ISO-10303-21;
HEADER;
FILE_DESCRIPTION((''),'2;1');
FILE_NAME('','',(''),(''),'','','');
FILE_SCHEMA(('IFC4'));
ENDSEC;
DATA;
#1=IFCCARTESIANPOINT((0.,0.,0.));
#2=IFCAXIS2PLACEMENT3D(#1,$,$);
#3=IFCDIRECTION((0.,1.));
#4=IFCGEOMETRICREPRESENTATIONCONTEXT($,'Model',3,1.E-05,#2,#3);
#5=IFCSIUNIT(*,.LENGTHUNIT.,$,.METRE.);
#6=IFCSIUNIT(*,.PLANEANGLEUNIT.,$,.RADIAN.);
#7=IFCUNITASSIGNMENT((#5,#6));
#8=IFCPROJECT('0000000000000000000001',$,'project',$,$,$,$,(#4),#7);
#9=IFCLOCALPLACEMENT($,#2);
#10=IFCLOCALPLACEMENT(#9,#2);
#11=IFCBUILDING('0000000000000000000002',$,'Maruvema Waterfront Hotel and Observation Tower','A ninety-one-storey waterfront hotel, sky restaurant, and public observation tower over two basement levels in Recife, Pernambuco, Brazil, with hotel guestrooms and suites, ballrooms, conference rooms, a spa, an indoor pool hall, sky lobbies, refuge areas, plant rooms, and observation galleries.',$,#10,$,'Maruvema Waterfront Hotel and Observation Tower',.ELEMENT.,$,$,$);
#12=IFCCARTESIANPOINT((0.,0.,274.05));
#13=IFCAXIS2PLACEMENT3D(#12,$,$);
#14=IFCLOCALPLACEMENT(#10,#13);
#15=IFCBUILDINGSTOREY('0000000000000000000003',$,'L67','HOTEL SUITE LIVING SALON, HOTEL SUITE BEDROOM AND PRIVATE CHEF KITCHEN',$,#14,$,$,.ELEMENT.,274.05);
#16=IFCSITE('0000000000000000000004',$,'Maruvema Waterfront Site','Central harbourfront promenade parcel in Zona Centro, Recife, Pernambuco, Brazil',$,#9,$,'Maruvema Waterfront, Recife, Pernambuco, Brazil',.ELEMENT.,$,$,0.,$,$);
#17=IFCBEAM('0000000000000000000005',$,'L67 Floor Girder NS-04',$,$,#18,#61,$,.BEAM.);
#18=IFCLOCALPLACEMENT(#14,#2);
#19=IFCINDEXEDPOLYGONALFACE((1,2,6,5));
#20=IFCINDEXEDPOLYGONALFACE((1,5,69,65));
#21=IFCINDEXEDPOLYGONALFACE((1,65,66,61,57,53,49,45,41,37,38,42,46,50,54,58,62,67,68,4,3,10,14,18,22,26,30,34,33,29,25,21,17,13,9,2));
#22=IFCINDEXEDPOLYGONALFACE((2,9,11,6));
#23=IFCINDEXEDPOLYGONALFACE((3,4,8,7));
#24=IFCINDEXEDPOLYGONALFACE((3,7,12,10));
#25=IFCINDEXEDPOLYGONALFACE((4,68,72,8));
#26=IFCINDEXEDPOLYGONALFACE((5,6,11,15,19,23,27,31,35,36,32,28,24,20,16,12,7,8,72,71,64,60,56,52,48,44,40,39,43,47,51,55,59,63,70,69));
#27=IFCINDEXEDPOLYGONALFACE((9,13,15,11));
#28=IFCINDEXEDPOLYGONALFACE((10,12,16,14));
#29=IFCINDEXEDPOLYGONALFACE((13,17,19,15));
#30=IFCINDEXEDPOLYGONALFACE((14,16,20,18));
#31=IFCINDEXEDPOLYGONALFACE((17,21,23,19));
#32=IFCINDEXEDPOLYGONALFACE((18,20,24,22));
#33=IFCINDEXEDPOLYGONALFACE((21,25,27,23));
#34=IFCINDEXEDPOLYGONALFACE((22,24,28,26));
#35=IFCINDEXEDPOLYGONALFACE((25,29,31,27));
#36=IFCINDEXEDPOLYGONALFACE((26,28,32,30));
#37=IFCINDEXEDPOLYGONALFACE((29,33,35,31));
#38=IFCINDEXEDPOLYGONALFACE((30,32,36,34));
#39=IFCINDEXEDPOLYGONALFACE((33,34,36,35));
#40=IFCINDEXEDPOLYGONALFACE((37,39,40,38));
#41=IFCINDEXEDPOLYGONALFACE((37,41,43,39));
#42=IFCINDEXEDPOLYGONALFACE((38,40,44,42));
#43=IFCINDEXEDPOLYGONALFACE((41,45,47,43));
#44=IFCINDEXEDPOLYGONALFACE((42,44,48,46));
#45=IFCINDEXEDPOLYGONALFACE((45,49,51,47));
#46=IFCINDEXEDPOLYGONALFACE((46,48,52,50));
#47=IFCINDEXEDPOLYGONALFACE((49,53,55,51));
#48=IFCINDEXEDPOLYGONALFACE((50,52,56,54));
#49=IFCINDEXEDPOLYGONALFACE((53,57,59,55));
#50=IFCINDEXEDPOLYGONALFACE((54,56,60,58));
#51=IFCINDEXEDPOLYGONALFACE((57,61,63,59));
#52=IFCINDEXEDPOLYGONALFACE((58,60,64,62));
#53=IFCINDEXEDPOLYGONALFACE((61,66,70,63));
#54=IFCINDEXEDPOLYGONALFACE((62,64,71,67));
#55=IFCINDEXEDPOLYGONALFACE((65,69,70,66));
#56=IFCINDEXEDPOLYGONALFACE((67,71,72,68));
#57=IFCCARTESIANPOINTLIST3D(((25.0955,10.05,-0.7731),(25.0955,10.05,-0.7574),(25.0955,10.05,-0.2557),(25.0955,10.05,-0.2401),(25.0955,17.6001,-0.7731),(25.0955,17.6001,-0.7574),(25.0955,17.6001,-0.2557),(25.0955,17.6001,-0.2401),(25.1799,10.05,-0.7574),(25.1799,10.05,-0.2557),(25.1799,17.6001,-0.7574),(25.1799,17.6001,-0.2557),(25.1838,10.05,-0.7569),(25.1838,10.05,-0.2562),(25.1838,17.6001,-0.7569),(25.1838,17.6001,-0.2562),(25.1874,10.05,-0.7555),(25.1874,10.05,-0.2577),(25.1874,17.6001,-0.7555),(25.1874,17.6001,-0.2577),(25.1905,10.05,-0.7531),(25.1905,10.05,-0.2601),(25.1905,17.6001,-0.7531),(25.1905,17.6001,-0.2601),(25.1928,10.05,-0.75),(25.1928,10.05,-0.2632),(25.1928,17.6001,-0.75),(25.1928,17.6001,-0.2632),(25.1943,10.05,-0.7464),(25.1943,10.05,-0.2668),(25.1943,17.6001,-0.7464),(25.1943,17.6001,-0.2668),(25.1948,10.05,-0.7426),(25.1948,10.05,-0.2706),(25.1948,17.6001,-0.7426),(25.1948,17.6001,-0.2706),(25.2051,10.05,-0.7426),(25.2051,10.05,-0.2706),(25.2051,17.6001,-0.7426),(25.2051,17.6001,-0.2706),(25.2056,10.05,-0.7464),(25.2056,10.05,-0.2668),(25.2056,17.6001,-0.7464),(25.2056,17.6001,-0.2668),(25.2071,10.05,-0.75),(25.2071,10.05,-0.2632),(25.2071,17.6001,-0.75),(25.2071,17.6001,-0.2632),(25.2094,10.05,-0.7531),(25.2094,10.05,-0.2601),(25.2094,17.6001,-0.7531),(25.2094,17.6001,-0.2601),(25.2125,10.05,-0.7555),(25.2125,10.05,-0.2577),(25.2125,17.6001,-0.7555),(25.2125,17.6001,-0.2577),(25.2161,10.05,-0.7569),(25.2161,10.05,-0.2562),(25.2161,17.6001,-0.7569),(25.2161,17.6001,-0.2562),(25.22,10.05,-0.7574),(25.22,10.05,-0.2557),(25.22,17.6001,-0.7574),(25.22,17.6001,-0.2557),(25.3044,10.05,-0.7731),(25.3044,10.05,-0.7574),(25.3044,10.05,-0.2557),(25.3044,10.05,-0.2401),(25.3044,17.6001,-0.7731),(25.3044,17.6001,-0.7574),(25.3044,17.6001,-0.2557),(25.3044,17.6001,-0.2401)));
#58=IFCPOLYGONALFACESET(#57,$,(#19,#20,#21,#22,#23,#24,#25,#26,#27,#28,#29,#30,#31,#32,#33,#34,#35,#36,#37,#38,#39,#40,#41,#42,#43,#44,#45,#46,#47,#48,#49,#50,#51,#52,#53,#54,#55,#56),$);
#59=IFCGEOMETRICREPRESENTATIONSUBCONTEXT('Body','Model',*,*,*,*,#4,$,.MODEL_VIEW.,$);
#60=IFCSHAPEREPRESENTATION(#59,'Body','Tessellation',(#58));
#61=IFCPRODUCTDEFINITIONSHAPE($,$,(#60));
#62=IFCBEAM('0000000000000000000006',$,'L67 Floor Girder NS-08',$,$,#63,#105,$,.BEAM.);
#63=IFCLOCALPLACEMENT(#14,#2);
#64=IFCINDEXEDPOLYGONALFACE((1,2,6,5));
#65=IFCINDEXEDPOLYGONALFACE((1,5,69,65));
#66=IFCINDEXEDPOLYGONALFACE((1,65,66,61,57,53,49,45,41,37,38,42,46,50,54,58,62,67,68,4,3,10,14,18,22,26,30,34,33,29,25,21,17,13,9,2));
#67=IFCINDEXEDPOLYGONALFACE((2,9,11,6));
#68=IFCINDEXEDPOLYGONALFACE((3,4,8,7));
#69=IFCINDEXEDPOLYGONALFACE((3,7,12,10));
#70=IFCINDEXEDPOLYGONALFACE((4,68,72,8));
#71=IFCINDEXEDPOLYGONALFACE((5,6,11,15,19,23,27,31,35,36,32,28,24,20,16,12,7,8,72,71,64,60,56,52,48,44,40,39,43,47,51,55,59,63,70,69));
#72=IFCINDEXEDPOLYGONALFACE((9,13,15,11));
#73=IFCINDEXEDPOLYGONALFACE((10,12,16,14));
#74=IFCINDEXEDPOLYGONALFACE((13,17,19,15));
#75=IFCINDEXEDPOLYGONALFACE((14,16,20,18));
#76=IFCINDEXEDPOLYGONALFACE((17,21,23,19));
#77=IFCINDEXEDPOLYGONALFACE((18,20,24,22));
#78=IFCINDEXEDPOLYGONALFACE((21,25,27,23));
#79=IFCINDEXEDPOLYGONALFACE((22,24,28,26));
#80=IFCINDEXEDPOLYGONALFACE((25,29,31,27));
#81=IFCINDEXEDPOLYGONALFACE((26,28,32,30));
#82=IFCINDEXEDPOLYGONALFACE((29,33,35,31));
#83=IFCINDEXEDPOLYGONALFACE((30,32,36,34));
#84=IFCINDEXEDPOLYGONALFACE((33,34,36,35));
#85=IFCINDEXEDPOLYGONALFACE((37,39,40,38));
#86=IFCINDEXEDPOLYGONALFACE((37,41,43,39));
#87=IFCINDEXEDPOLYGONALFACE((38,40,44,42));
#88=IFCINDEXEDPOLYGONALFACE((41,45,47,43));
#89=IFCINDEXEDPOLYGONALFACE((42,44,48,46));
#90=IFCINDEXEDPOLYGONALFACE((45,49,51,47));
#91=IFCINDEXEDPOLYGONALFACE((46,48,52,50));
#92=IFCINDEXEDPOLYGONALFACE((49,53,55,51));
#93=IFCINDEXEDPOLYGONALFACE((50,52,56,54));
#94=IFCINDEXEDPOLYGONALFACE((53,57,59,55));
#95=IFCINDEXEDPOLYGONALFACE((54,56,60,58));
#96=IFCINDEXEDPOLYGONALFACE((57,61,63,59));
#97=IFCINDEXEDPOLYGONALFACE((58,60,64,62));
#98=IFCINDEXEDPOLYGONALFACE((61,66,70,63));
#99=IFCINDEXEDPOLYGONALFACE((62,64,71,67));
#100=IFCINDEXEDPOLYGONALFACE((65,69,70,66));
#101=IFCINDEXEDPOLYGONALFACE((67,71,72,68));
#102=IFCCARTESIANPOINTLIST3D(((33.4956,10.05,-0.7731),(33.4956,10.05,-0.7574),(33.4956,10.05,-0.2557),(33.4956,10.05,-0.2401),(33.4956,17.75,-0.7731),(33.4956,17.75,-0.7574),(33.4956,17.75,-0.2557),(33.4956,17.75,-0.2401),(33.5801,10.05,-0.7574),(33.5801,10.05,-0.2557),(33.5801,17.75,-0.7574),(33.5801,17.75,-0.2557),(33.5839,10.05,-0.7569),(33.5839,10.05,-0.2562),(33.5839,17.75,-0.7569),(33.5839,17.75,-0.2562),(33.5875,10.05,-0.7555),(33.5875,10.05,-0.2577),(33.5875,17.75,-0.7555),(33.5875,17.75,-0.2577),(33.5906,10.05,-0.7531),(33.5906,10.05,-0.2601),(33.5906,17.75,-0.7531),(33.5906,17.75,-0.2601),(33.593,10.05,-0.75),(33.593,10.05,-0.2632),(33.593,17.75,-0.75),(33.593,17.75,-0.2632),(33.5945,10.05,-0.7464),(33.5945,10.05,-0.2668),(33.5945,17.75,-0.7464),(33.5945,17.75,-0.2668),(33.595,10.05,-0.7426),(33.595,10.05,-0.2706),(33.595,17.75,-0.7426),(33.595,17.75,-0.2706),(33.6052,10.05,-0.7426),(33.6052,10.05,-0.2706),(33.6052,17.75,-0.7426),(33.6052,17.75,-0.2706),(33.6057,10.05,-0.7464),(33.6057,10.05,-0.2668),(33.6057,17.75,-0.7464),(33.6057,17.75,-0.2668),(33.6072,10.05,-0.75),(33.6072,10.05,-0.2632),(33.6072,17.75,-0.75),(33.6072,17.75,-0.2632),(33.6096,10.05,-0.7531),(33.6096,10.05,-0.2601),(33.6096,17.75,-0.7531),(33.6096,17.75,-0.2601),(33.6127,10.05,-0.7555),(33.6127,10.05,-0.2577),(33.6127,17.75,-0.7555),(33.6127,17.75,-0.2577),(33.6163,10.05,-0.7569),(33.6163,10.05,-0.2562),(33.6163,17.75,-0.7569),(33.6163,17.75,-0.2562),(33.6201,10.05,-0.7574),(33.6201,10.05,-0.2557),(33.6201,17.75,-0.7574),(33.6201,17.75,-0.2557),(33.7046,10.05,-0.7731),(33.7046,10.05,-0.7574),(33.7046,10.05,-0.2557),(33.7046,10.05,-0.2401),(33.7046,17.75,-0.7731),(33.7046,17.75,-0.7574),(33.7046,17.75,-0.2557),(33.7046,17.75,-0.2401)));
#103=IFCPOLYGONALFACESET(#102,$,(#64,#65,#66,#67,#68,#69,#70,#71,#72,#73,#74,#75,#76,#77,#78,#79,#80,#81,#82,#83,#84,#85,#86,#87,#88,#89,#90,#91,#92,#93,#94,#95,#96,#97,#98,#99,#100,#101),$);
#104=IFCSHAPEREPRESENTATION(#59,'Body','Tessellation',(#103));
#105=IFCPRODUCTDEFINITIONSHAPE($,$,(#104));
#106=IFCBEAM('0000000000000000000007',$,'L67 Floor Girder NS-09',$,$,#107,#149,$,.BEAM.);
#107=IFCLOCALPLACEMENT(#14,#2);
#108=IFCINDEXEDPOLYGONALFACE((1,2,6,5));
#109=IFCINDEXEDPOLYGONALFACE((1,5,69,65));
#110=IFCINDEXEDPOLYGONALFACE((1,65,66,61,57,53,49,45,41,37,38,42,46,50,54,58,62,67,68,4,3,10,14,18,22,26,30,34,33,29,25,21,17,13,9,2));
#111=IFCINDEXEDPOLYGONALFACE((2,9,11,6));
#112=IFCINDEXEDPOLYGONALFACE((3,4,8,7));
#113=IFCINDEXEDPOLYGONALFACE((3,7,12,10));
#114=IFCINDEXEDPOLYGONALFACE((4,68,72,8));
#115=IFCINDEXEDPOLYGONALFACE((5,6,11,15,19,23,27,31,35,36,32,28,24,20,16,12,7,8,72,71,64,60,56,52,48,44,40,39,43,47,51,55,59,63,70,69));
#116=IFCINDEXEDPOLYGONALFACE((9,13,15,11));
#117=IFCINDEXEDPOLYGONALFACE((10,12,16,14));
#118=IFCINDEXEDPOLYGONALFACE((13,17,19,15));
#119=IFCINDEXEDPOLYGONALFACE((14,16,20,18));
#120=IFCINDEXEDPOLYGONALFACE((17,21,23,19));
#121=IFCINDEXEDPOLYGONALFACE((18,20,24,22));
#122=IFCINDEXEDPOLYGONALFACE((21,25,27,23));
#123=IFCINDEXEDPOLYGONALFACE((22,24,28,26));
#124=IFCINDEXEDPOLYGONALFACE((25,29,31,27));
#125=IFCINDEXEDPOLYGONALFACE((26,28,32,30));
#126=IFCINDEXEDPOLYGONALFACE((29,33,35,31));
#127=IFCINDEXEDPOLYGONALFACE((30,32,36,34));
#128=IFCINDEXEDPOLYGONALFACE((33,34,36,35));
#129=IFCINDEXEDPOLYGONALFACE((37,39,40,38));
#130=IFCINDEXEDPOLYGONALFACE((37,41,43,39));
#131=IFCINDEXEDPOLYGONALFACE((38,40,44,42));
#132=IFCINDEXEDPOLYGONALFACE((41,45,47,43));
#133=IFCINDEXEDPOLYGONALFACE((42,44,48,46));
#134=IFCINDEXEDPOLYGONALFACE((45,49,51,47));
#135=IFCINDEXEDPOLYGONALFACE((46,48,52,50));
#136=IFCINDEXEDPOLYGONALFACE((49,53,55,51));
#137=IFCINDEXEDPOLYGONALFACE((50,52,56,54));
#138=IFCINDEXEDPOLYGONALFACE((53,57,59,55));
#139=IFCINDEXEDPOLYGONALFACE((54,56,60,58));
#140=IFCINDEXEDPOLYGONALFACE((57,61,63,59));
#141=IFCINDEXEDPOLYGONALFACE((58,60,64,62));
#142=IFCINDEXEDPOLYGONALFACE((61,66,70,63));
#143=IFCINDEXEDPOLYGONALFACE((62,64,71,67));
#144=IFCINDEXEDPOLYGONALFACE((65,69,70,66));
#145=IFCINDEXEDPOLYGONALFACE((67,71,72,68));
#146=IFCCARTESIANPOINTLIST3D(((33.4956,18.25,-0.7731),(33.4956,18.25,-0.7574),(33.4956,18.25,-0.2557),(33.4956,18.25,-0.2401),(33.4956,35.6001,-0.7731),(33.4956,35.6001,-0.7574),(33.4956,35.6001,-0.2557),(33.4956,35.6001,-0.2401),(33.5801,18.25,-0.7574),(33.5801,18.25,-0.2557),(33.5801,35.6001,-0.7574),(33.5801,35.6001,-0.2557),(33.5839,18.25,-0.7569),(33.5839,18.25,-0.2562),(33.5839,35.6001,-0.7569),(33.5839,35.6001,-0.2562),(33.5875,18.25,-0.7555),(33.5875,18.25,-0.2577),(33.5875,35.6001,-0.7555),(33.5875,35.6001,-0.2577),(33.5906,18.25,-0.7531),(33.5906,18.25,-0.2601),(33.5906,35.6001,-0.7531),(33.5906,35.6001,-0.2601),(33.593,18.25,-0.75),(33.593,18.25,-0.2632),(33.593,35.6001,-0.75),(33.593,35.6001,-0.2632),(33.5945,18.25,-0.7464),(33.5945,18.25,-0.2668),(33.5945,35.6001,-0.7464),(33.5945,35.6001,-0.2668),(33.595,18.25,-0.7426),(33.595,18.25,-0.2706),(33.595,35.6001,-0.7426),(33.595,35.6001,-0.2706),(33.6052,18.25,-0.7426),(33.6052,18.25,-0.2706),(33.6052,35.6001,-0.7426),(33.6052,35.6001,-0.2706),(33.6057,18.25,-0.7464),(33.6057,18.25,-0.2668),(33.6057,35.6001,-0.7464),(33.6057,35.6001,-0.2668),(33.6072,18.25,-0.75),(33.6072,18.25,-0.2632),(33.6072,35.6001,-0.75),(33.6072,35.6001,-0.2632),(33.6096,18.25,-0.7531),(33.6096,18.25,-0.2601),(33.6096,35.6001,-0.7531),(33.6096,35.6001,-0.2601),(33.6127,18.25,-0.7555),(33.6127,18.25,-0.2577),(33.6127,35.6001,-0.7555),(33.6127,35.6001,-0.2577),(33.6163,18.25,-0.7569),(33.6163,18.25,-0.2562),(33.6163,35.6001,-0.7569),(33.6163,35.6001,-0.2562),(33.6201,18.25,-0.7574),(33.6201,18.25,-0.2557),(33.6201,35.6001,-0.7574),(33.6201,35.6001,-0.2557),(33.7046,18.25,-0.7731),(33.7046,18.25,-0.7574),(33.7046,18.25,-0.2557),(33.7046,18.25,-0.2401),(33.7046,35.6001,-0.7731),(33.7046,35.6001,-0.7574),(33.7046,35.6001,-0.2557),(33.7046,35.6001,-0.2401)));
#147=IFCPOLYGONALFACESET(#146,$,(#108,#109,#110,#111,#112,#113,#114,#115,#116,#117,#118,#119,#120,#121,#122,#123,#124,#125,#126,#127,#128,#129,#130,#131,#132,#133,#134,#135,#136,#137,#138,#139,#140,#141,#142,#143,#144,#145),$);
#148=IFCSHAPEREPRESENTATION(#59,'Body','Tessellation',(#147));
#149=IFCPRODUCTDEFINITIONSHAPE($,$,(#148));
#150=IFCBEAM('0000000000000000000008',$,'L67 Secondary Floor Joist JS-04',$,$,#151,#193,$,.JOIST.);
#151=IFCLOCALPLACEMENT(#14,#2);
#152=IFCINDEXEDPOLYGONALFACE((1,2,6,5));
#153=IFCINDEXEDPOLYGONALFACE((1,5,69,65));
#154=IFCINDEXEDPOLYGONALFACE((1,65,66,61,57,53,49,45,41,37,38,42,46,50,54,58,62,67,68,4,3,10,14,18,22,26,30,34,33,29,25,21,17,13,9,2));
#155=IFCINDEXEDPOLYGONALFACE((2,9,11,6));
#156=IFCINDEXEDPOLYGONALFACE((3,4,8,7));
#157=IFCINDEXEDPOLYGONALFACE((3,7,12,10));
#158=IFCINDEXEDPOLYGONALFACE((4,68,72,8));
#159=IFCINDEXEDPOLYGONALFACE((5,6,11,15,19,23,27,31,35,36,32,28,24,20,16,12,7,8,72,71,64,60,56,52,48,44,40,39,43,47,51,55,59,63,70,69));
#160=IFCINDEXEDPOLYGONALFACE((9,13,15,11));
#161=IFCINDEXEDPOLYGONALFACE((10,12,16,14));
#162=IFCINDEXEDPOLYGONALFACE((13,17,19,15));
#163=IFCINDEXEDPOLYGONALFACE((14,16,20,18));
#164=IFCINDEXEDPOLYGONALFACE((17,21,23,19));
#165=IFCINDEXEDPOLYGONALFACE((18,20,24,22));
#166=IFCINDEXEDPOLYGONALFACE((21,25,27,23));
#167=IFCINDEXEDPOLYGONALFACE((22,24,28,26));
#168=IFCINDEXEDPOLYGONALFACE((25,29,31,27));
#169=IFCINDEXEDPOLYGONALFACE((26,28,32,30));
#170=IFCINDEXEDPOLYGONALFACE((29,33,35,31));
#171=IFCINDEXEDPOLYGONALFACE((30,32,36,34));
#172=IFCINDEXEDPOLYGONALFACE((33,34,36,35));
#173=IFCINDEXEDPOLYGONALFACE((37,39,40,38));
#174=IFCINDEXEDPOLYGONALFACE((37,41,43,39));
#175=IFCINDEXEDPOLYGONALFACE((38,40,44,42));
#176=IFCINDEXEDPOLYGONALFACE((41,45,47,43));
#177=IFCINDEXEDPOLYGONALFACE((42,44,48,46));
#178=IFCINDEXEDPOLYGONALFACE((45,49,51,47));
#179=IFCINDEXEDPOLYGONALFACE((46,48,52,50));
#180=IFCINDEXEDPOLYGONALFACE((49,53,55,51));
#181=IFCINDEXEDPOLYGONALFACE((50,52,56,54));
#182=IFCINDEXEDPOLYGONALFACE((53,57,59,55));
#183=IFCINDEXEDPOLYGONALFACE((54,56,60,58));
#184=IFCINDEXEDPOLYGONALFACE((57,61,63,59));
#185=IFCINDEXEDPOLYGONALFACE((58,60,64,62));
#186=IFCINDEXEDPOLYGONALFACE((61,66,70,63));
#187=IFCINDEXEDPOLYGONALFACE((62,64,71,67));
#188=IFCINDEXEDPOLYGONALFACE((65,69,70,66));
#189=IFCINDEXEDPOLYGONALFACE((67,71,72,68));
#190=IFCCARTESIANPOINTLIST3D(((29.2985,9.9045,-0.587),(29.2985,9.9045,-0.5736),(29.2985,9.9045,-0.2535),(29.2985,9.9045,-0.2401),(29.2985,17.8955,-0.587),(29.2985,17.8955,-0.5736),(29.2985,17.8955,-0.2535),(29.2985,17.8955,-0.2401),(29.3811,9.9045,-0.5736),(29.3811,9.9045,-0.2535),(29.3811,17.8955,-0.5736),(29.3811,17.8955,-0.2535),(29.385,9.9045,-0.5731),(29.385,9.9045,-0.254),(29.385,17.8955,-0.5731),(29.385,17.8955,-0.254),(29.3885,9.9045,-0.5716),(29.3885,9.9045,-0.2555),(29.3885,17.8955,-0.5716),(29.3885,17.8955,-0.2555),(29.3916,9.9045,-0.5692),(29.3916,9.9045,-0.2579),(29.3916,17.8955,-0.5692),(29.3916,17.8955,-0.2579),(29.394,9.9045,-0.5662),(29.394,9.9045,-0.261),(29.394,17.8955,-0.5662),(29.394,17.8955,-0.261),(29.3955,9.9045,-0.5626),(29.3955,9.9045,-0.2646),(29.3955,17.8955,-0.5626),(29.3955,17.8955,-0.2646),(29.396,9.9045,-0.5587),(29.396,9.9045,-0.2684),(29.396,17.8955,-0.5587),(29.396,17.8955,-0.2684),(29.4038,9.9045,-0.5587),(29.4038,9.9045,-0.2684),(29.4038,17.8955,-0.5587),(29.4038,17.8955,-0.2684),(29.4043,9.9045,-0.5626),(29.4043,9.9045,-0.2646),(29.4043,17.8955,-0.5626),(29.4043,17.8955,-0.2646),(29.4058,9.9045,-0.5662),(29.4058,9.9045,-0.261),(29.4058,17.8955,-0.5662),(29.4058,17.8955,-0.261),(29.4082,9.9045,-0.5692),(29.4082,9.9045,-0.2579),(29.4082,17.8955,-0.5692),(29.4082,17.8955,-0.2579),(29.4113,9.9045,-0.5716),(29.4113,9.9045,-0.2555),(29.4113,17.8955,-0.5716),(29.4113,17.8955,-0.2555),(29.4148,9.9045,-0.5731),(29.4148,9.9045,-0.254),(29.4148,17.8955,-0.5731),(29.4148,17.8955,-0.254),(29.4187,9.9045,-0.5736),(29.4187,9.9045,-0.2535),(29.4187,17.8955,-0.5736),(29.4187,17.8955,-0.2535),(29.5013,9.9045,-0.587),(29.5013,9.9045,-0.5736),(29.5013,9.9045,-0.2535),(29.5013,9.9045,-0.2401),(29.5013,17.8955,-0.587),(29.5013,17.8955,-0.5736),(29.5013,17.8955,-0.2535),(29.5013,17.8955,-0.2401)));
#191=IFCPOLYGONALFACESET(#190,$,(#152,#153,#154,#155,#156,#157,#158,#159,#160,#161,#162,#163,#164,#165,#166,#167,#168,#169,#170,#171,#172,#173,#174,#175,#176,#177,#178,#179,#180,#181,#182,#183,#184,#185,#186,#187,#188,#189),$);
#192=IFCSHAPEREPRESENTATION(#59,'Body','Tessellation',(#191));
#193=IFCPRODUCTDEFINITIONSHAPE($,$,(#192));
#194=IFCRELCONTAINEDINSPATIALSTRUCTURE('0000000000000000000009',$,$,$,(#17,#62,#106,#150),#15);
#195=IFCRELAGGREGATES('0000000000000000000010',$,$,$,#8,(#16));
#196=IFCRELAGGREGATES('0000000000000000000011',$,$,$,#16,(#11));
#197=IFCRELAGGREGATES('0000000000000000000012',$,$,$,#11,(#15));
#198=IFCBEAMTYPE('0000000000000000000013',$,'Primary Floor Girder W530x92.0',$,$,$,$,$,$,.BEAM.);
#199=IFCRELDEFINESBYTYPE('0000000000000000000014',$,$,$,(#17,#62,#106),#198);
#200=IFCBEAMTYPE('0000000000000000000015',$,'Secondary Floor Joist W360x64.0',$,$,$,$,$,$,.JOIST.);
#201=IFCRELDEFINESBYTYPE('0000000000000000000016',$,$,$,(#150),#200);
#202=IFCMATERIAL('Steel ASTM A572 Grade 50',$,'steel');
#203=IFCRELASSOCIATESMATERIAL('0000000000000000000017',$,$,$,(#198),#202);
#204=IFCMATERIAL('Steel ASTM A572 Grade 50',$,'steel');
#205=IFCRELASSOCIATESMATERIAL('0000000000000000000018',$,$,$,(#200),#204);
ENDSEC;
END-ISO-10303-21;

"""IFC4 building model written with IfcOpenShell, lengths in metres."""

from ifc_helpers import new_model, si_unit, direction, frame, origin, origin_2d, place, context, subcontext, project, spatial, i_section, extrude, material, material_profile, profile_set, type_object, element, save


model = new_model("IFC4")

# Units and contexts
model_context = context("Model", 3, precision=1e-05, world=origin(), true_north=direction((0.0, 1.0)))
body_context = subcontext(model_context, "Body", "Model", "MODEL_VIEW")
ifc_project = project(units=[si_unit("LENGTHUNIT", "METRE"), si_unit("PLANEANGLEUNIT", "RADIAN")], contexts=[model_context])

# Site, building, storey
site_placement = place(None, origin())
site = spatial("IfcSite", under=ifc_project, at=site_placement, Name="Maruvema Waterfront Site", Description="Central harbourfront promenade parcel in Zona Centro, Recife, Pernambuco, Brazil", LongName="Maruvema Waterfront, Recife, Pernambuco, Brazil", CompositionType="ELEMENT", RefElevation=0.0)
building_placement = place(site_placement, origin())
building = spatial("IfcBuilding", under=site, at=building_placement, Name="Maruvema Waterfront Hotel and Observation Tower", Description="A ninety-one-storey waterfront hotel, sky restaurant, and public observation tower over two basement levels in Recife, Pernambuco, Brazil, with hotel guestrooms and suites, ballrooms, conference rooms, a spa, an indoor pool hall, sky lobbies, refuge areas, plant rooms, and observation galleries.", LongName="Maruvema Waterfront Hotel and Observation Tower", CompositionType="ELEMENT")
storey_placement = place(building_placement, frame((0.0, 0.0, 274.05)))
storey = spatial("IfcBuildingStorey", under=building, at=storey_placement, Name="L67", Description="HOTEL SUITE LIVING SALON, HOTEL SUITE BEDROOM AND PRIVATE CHEF KITCHEN", CompositionType="ELEMENT", Elevation=274.05)

# Beams
ifc_material_1 = material(Name="Steel ASTM A572 Grade 50", Category="steel")
ifc_material_profile_1 = material_profile(ifc_material_1, i_section(OverallWidth=0.209, OverallDepth=0.533, WebThickness=0.0103, FlangeThickness=0.0156, FilletRadius=0.0149, at=origin_2d()), Name="W530x92.0")
ifc_profile_set_1 = profile_set([ifc_material_profile_1], Name="Steel ASTM A572 Grade 50")
beam_type_1 = type_object("IfcBeamType", Name="Primary Floor Girder W530x92.0", PredefinedType="BEAM", material=ifc_profile_set_1)
beam_1_placement = place(storey_placement, frame((25.2, 10.05, -0.5066), z_axis=(0.0, 1.0, 0.0), x_axis=(-1.0, 0.0, 0.0)))
element("IfcBeam", 1, at=beam_1_placement, inside=storey, type_object=beam_type_1, Name="L67 Floor Girder NS-04", PredefinedType="BEAM", context=body_context, shape_type="SweptSolid", body=[
    extrude(i_section(OverallWidth=0.209, OverallDepth=0.533, WebThickness=0.0103, FlangeThickness=0.0156, FilletRadius=0.0149, at=origin_2d()), origin(), (0.0, 0.0, 1.0), 7.55),
])
beam_2_placement = place(storey_placement, frame((33.6001, 10.05, -0.5066), z_axis=(0.0, 1.0, 0.0), x_axis=(-1.0, 0.0, 0.0)))
element("IfcBeam", 2, at=beam_2_placement, inside=storey, type_object=beam_type_1, Name="L67 Floor Girder NS-08", PredefinedType="BEAM", context=body_context, shape_type="SweptSolid", body=[
    extrude(i_section(OverallWidth=0.209, OverallDepth=0.533, WebThickness=0.0103, FlangeThickness=0.0156, FilletRadius=0.0149, at=origin_2d()), origin(), (0.0, 0.0, 1.0), 7.7),
])
beam_3_placement = place(storey_placement, frame((33.6001, 18.25, -0.5066), z_axis=(0.0, 1.0, 0.0), x_axis=(-1.0, 0.0, 0.0)))
element("IfcBeam", 3, at=beam_3_placement, inside=storey, type_object=beam_type_1, Name="L67 Floor Girder NS-09", PredefinedType="BEAM", context=body_context, shape_type="SweptSolid", body=[
    extrude(i_section(OverallWidth=0.209, OverallDepth=0.533, WebThickness=0.0103, FlangeThickness=0.0156, FilletRadius=0.0149, at=origin_2d()), origin(), (0.0, 0.0, 1.0), 17.3501),
])
ifc_material_2 = material(Name="Steel ASTM A572 Grade 50", Category="steel")
ifc_material_profile_2 = material_profile(ifc_material_2, i_section(OverallWidth=0.2029, OverallDepth=0.3469, WebThickness=0.0078, FlangeThickness=0.0134, FilletRadius=0.0149, at=origin_2d()), Name="W360x64.0")
ifc_profile_set_2 = profile_set([ifc_material_profile_2], Name="Steel ASTM A572 Grade 50")
beam_type_2 = type_object("IfcBeamType", Name="Secondary Floor Joist W360x64.0", PredefinedType="JOIST", material=ifc_profile_set_2)
beam_4_placement = place(storey_placement, frame((29.3999, 9.9045, -0.4136), z_axis=(0.0, 1.0, 0.0), x_axis=(-1.0, 0.0, 0.0)))
element("IfcBeam", 4, at=beam_4_placement, inside=storey, type_object=beam_type_2, Name="L67 Secondary Floor Joist JS-04", PredefinedType="JOIST", context=body_context, shape_type="SweptSolid", body=[
    extrude(i_section(OverallWidth=0.2029, OverallDepth=0.3469, WebThickness=0.0078, FlangeThickness=0.0134, FilletRadius=0.0149, at=origin_2d()), origin(), (0.0, 0.0, 1.0), 7.991),
])

save(model, "model.ifc")
